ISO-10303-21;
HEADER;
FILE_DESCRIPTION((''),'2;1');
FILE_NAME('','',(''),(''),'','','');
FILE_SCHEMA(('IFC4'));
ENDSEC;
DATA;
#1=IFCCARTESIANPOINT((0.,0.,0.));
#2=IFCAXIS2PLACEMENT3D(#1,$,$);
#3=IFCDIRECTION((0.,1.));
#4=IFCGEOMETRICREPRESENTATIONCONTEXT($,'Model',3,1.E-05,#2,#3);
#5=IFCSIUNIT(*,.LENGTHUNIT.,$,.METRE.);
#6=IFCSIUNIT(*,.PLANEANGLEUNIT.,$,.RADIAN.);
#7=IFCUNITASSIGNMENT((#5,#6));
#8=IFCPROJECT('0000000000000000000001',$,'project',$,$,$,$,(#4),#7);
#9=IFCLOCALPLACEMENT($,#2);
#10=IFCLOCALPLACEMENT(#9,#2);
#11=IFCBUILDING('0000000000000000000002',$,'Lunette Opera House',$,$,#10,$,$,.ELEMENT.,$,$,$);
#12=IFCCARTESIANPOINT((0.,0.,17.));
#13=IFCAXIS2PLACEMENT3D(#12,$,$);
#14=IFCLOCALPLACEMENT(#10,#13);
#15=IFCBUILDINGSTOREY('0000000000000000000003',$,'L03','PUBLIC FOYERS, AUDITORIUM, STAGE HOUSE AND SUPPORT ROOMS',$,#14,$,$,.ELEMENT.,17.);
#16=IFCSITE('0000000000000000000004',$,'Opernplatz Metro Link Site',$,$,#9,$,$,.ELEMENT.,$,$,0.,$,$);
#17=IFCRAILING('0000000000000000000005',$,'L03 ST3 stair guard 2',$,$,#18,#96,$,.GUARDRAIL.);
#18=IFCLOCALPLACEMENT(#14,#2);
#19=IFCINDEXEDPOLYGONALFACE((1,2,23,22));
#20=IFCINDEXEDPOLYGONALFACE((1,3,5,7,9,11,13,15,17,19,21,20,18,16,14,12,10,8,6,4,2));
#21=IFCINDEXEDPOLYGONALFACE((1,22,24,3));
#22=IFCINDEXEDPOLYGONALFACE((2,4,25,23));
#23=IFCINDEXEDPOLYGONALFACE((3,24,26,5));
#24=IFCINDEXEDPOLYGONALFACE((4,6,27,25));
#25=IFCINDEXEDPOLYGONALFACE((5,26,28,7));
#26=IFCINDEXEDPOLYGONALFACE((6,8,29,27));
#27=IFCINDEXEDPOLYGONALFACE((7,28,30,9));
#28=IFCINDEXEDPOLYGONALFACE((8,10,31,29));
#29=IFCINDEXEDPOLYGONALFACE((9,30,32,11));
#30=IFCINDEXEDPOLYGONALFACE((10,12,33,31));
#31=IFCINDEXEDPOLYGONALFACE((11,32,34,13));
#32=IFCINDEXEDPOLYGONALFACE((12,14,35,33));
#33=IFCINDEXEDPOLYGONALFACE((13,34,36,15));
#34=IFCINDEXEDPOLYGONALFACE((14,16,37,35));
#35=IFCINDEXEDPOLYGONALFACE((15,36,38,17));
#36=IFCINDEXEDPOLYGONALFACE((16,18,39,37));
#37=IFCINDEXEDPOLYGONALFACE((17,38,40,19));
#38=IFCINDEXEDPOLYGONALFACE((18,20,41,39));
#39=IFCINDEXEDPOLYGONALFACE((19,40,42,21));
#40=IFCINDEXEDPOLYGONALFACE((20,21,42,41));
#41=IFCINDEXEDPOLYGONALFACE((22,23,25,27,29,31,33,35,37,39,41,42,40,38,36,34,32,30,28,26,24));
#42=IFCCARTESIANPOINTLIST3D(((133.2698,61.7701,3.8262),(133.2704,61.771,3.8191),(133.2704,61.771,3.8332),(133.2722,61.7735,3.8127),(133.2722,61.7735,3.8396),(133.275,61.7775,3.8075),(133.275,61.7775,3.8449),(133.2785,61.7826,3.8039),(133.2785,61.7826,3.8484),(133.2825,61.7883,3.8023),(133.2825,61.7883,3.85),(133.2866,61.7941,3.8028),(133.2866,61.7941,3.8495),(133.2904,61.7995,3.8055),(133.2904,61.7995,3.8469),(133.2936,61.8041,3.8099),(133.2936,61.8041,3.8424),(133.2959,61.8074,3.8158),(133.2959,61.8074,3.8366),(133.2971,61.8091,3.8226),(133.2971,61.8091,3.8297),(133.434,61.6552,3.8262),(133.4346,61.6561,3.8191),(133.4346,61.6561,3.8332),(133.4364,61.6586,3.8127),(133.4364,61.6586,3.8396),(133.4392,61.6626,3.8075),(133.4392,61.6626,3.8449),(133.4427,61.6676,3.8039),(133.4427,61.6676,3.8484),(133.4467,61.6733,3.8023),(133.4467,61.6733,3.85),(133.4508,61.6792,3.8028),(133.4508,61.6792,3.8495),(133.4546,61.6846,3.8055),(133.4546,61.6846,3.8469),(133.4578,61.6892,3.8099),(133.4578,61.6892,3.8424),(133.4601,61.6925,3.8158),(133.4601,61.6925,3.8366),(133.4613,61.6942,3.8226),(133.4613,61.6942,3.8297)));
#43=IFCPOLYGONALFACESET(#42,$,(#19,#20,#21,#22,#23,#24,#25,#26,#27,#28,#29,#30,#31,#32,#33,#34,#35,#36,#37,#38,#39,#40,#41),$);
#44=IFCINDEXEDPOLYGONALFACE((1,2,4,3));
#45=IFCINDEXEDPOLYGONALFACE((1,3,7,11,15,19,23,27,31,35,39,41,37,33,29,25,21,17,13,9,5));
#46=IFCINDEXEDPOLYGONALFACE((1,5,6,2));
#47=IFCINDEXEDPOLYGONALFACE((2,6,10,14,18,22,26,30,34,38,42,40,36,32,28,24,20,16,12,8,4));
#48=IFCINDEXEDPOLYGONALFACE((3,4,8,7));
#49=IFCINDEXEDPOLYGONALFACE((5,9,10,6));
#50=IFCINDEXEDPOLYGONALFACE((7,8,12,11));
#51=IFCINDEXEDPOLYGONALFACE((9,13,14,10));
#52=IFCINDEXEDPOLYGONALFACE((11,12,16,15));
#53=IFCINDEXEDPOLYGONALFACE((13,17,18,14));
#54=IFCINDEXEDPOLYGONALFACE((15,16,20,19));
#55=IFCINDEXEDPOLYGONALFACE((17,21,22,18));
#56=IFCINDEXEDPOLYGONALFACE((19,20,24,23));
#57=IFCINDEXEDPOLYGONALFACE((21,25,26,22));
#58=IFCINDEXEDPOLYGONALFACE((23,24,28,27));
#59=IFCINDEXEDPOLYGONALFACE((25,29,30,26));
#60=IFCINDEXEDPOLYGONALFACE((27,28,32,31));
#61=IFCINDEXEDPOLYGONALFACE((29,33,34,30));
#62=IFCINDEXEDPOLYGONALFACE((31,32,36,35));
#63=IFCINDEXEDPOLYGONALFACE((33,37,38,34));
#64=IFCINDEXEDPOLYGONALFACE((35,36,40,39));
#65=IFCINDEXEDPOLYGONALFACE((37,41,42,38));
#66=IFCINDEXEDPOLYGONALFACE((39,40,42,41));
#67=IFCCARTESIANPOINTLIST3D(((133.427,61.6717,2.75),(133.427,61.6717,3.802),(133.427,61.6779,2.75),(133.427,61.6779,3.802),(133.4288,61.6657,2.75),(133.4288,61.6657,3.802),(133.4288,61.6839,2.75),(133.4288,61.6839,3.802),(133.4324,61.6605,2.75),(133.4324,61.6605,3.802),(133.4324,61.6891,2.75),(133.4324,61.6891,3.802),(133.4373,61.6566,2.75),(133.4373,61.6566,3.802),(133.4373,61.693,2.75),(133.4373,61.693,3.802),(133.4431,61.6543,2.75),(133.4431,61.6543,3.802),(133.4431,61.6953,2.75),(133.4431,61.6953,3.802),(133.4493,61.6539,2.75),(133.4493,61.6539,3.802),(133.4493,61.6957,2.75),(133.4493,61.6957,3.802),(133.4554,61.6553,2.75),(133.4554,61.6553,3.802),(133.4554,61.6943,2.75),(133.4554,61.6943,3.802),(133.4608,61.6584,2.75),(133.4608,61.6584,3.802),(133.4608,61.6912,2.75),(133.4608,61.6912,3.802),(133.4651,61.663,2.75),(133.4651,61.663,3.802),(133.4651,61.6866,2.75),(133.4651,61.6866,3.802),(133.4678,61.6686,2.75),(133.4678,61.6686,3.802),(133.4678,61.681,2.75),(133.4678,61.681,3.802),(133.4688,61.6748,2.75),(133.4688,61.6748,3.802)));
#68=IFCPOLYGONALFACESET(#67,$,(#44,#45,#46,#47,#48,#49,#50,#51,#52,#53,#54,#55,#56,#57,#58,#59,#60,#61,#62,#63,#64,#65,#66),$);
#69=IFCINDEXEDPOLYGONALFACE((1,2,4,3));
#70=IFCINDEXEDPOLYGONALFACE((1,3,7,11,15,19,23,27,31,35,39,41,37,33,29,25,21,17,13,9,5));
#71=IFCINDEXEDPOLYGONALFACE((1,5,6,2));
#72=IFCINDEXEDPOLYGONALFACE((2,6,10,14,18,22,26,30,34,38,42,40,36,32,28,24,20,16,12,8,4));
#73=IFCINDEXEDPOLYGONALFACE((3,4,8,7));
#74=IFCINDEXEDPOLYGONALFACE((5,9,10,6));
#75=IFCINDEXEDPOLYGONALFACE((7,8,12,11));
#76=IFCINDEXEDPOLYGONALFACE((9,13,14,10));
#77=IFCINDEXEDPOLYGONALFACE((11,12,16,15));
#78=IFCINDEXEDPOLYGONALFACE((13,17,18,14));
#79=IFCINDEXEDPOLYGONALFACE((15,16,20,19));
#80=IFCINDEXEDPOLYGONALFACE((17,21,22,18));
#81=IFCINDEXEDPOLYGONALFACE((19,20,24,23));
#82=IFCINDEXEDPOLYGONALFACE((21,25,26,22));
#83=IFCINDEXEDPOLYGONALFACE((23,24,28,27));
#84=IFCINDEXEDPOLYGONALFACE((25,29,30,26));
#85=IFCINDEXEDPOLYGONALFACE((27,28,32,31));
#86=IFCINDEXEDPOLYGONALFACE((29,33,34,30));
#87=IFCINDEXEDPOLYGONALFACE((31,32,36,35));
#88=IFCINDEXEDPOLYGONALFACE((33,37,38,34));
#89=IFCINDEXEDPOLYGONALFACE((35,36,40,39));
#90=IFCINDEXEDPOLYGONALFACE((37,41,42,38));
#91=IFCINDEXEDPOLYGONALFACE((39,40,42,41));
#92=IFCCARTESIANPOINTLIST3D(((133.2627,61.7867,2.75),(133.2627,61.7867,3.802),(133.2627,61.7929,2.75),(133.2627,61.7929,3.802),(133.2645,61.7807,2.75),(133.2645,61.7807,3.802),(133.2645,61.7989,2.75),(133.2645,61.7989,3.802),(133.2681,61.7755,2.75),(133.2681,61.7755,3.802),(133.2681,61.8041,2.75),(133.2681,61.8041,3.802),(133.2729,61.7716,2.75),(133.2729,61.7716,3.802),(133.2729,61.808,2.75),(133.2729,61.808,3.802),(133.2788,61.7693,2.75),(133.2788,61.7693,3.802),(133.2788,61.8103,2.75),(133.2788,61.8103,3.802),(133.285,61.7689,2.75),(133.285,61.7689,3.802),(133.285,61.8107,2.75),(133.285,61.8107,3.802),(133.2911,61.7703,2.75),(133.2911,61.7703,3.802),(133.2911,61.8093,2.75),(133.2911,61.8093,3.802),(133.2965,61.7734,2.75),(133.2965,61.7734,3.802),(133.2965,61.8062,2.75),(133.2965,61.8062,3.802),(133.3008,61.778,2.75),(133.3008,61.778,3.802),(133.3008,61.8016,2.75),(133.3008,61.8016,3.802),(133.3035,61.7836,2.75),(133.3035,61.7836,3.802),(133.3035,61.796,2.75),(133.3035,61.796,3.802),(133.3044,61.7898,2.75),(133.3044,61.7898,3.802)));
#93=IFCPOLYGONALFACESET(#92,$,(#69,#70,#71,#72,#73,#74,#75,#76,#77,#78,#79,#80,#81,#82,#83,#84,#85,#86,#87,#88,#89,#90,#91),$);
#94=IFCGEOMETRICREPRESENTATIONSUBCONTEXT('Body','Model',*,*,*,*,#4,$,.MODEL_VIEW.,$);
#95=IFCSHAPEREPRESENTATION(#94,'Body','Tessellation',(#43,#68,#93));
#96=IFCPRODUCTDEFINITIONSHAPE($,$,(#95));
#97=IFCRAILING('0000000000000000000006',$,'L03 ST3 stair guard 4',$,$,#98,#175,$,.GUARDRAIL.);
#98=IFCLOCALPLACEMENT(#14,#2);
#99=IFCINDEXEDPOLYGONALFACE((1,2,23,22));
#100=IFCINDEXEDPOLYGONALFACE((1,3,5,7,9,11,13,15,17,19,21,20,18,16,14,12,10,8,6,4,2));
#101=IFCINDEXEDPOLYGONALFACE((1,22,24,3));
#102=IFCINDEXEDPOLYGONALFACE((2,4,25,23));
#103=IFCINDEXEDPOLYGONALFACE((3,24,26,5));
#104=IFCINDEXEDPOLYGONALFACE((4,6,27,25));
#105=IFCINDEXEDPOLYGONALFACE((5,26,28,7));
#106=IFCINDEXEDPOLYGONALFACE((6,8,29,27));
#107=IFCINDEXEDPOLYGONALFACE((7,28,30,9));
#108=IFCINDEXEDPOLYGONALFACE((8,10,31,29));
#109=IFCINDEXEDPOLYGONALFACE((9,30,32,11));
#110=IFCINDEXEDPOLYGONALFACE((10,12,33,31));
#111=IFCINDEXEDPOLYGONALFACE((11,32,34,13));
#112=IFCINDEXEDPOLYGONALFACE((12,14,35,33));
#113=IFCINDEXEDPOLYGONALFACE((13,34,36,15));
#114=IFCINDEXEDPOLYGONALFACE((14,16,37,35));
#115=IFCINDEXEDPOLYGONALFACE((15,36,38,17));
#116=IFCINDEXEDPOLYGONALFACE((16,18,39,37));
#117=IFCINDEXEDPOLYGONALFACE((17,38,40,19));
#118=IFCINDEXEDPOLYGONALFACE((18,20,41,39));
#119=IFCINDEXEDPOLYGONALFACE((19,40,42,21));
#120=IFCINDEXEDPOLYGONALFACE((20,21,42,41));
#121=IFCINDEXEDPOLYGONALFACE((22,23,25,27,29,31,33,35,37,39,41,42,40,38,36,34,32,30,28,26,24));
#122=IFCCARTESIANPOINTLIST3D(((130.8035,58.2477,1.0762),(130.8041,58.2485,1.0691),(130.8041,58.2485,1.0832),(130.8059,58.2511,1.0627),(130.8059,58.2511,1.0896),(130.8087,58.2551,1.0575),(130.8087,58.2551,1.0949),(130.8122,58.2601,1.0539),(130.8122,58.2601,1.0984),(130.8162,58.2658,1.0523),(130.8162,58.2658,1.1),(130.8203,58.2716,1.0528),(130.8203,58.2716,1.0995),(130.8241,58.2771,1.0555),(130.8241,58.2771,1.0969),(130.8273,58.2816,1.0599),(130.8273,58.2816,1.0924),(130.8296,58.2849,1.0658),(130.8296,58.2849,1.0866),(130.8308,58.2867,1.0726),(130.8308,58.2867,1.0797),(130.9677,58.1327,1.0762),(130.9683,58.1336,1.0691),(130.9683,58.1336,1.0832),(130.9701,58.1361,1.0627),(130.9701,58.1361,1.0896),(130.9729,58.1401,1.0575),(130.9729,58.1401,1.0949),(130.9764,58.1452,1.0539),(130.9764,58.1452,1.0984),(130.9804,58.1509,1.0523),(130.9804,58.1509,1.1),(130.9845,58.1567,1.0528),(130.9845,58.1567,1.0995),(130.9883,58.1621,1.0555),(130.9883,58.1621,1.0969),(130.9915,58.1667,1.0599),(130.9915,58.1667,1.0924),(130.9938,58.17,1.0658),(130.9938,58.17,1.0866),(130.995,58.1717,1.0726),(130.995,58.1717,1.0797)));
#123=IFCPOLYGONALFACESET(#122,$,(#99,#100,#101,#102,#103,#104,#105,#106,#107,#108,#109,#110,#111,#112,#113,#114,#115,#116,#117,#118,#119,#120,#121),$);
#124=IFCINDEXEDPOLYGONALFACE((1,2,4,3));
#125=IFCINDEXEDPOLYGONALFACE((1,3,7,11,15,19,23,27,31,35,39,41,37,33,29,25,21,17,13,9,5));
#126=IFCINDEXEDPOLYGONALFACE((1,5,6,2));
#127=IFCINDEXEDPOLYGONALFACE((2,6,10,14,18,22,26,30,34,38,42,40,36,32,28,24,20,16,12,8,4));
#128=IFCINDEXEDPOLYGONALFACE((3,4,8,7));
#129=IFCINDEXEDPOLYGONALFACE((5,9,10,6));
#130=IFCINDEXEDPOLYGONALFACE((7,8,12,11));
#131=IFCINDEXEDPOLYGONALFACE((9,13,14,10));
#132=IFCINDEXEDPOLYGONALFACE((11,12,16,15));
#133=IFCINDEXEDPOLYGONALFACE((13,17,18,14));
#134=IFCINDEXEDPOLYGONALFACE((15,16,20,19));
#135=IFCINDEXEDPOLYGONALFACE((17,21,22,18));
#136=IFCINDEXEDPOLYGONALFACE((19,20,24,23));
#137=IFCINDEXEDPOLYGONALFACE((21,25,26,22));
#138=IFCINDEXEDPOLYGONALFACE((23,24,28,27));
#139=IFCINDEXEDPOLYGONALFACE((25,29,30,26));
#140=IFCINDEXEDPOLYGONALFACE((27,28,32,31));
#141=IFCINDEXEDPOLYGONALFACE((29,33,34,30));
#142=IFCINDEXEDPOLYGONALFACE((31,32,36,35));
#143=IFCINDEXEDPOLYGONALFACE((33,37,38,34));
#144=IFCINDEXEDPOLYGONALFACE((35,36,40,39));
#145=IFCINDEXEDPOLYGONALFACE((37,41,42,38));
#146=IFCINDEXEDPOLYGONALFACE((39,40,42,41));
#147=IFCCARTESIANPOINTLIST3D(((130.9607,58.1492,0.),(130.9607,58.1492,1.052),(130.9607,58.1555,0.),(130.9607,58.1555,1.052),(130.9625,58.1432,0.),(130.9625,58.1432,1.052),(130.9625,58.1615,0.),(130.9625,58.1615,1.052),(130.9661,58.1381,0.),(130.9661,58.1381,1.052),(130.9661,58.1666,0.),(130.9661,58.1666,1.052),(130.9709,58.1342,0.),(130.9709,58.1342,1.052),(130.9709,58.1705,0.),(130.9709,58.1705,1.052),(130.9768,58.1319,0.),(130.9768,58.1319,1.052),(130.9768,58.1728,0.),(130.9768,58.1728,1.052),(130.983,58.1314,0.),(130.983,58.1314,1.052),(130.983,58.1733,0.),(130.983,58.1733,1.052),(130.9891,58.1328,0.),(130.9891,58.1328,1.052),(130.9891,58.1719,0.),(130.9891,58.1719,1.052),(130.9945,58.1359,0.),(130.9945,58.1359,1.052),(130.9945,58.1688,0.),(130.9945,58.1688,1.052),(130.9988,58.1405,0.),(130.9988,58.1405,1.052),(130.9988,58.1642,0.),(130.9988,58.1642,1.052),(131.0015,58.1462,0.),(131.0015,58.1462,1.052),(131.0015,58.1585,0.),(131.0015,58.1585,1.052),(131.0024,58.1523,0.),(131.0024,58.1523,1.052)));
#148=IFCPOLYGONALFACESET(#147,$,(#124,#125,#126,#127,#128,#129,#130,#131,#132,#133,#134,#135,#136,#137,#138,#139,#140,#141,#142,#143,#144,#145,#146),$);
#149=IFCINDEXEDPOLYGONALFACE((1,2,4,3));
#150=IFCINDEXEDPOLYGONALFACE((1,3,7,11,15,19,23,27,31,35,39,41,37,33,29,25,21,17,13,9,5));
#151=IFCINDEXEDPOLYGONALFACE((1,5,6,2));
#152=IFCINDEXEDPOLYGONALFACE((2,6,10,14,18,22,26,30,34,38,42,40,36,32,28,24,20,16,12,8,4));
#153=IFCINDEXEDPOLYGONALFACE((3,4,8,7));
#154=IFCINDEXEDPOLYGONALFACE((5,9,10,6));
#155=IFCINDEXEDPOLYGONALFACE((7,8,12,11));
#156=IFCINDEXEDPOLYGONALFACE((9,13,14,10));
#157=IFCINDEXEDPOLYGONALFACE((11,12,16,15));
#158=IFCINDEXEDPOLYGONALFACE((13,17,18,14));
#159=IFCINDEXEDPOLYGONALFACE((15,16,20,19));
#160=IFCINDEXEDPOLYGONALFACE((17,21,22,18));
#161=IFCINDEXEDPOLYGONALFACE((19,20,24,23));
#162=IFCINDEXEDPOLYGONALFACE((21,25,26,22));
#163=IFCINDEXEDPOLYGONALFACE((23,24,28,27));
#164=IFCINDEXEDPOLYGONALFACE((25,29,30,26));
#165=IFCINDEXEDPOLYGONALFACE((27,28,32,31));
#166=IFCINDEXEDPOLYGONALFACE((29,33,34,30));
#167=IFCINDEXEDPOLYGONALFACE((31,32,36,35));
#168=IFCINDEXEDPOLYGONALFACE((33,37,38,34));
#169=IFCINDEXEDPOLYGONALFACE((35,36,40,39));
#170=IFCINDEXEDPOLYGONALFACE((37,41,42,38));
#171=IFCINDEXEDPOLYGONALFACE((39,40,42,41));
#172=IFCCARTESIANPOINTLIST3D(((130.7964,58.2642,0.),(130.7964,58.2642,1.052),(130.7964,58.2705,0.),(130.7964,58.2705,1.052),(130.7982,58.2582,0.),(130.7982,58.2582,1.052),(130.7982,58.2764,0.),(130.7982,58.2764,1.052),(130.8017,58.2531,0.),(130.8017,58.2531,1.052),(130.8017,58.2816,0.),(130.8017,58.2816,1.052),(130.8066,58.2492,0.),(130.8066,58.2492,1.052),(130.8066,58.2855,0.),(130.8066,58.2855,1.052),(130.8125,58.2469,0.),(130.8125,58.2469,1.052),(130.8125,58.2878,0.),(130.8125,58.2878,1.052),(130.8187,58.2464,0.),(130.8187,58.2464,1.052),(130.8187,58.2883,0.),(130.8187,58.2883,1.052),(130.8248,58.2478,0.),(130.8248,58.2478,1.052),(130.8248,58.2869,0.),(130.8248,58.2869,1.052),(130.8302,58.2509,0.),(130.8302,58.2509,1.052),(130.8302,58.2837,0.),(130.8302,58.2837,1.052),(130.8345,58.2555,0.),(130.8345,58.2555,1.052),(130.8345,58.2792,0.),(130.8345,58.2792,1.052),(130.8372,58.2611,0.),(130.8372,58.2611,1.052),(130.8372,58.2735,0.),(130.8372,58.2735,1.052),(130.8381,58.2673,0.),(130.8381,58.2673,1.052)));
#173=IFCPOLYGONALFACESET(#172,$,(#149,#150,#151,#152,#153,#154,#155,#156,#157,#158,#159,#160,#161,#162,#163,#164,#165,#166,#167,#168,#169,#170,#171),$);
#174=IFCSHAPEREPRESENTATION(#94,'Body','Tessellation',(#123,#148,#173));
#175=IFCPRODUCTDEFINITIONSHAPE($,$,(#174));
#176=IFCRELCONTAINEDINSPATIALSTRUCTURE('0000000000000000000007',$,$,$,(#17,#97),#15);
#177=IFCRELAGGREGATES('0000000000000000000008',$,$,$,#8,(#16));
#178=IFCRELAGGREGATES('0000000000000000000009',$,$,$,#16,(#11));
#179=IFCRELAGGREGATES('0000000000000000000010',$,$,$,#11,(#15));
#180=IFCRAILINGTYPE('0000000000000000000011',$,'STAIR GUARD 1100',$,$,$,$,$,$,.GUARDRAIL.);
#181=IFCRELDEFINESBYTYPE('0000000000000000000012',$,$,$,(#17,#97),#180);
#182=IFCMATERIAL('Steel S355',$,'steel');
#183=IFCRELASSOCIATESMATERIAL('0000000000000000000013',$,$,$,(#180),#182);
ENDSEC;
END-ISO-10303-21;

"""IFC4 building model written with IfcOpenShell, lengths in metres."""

from ifc_helpers import new_model, si_unit, direction, frame, origin, origin_2d, place, context, subcontext, project, spatial, circle, extrude, material, type_object, element, save


model = new_model("IFC4")

# Units and contexts
model_context = context("Model", 3, precision=1e-05, world=origin(), true_north=direction((0.0, 1.0)))
body_context = subcontext(model_context, "Body", "Model", "MODEL_VIEW")
ifc_project = project(units=[si_unit("LENGTHUNIT", "METRE"), si_unit("PLANEANGLEUNIT", "RADIAN")], contexts=[model_context])

# Site, building, storey
site_placement = place(None, origin())
site = spatial("IfcSite", under=ifc_project, at=site_placement, Name="Opernplatz Metro Link Site", CompositionType="ELEMENT", RefElevation=0.0)
building_placement = place(site_placement, origin())
building = spatial("IfcBuilding", under=site, at=building_placement, Name="Lunette Opera House", CompositionType="ELEMENT")
storey_placement = place(building_placement, frame((0.0, 0.0, 17.0)))
storey = spatial("IfcBuildingStorey", under=building, at=storey_placement, Name="L03", Description="PUBLIC FOYERS, AUDITORIUM, STAGE HOUSE AND SUPPORT ROOMS", CompositionType="ELEMENT", Elevation=17.0)

# Railings
ifc_material_1 = material(Name="Steel S355", Category="steel")
railing_type_1 = type_object("IfcRailingType", Name="STAIR GUARD 1100", PredefinedType="GUARDRAIL", material=ifc_material_1)
railing_1_placement = place(storey_placement, frame((133.4478, 61.6748, 2.75)))
element("IfcRailing", 1, at=railing_1_placement, inside=storey, type_object=railing_type_1, Name="L03 ST3 stair guard 2", PredefinedType="GUARDRAIL", context=body_context, shape_type="SweptSolid", body=[
    extrude(circle(Radius=0.0239, at=origin_2d()), frame((0.0, 0.0, 1.0762), z_axis=(-0.819289, 0.573381, 0.0), x_axis=(-0.573381, -0.819289, 0.0)), (0.0, 0.0, 1.0), 0.2004),
    extrude(circle(Radius=0.021, at=origin_2d()), origin(), (0.0, 0.0, 1.0), 1.052),
    extrude(circle(Radius=0.021, at=origin_2d()), frame((-0.1643, 0.115, 0.0)), (0.0, 0.0, 1.0), 1.052),
])
railing_2_placement = place(storey_placement, frame((130.9814, 58.1523, 0.0)))
element("IfcRailing", 2, at=railing_2_placement, inside=storey, type_object=railing_type_1, Name="L03 ST3 stair guard 4", PredefinedType="GUARDRAIL", context=body_context, shape_type="SweptSolid", body=[
    extrude(circle(Radius=0.0239, at=origin_2d()), frame((0.0, 0.0, 1.0762), z_axis=(-0.819289, 0.573381, 0.0), x_axis=(-0.573381, -0.819289, 0.0)), (0.0, 0.0, 1.0), 0.2004),
    extrude(circle(Radius=0.021, at=origin_2d()), origin(), (0.0, 0.0, 1.0), 1.052),
    extrude(circle(Radius=0.021, at=origin_2d()), frame((-0.1643, 0.115, 0.0)), (0.0, 0.0, 1.0), 1.052),
])

save(model, "model.ifc")
